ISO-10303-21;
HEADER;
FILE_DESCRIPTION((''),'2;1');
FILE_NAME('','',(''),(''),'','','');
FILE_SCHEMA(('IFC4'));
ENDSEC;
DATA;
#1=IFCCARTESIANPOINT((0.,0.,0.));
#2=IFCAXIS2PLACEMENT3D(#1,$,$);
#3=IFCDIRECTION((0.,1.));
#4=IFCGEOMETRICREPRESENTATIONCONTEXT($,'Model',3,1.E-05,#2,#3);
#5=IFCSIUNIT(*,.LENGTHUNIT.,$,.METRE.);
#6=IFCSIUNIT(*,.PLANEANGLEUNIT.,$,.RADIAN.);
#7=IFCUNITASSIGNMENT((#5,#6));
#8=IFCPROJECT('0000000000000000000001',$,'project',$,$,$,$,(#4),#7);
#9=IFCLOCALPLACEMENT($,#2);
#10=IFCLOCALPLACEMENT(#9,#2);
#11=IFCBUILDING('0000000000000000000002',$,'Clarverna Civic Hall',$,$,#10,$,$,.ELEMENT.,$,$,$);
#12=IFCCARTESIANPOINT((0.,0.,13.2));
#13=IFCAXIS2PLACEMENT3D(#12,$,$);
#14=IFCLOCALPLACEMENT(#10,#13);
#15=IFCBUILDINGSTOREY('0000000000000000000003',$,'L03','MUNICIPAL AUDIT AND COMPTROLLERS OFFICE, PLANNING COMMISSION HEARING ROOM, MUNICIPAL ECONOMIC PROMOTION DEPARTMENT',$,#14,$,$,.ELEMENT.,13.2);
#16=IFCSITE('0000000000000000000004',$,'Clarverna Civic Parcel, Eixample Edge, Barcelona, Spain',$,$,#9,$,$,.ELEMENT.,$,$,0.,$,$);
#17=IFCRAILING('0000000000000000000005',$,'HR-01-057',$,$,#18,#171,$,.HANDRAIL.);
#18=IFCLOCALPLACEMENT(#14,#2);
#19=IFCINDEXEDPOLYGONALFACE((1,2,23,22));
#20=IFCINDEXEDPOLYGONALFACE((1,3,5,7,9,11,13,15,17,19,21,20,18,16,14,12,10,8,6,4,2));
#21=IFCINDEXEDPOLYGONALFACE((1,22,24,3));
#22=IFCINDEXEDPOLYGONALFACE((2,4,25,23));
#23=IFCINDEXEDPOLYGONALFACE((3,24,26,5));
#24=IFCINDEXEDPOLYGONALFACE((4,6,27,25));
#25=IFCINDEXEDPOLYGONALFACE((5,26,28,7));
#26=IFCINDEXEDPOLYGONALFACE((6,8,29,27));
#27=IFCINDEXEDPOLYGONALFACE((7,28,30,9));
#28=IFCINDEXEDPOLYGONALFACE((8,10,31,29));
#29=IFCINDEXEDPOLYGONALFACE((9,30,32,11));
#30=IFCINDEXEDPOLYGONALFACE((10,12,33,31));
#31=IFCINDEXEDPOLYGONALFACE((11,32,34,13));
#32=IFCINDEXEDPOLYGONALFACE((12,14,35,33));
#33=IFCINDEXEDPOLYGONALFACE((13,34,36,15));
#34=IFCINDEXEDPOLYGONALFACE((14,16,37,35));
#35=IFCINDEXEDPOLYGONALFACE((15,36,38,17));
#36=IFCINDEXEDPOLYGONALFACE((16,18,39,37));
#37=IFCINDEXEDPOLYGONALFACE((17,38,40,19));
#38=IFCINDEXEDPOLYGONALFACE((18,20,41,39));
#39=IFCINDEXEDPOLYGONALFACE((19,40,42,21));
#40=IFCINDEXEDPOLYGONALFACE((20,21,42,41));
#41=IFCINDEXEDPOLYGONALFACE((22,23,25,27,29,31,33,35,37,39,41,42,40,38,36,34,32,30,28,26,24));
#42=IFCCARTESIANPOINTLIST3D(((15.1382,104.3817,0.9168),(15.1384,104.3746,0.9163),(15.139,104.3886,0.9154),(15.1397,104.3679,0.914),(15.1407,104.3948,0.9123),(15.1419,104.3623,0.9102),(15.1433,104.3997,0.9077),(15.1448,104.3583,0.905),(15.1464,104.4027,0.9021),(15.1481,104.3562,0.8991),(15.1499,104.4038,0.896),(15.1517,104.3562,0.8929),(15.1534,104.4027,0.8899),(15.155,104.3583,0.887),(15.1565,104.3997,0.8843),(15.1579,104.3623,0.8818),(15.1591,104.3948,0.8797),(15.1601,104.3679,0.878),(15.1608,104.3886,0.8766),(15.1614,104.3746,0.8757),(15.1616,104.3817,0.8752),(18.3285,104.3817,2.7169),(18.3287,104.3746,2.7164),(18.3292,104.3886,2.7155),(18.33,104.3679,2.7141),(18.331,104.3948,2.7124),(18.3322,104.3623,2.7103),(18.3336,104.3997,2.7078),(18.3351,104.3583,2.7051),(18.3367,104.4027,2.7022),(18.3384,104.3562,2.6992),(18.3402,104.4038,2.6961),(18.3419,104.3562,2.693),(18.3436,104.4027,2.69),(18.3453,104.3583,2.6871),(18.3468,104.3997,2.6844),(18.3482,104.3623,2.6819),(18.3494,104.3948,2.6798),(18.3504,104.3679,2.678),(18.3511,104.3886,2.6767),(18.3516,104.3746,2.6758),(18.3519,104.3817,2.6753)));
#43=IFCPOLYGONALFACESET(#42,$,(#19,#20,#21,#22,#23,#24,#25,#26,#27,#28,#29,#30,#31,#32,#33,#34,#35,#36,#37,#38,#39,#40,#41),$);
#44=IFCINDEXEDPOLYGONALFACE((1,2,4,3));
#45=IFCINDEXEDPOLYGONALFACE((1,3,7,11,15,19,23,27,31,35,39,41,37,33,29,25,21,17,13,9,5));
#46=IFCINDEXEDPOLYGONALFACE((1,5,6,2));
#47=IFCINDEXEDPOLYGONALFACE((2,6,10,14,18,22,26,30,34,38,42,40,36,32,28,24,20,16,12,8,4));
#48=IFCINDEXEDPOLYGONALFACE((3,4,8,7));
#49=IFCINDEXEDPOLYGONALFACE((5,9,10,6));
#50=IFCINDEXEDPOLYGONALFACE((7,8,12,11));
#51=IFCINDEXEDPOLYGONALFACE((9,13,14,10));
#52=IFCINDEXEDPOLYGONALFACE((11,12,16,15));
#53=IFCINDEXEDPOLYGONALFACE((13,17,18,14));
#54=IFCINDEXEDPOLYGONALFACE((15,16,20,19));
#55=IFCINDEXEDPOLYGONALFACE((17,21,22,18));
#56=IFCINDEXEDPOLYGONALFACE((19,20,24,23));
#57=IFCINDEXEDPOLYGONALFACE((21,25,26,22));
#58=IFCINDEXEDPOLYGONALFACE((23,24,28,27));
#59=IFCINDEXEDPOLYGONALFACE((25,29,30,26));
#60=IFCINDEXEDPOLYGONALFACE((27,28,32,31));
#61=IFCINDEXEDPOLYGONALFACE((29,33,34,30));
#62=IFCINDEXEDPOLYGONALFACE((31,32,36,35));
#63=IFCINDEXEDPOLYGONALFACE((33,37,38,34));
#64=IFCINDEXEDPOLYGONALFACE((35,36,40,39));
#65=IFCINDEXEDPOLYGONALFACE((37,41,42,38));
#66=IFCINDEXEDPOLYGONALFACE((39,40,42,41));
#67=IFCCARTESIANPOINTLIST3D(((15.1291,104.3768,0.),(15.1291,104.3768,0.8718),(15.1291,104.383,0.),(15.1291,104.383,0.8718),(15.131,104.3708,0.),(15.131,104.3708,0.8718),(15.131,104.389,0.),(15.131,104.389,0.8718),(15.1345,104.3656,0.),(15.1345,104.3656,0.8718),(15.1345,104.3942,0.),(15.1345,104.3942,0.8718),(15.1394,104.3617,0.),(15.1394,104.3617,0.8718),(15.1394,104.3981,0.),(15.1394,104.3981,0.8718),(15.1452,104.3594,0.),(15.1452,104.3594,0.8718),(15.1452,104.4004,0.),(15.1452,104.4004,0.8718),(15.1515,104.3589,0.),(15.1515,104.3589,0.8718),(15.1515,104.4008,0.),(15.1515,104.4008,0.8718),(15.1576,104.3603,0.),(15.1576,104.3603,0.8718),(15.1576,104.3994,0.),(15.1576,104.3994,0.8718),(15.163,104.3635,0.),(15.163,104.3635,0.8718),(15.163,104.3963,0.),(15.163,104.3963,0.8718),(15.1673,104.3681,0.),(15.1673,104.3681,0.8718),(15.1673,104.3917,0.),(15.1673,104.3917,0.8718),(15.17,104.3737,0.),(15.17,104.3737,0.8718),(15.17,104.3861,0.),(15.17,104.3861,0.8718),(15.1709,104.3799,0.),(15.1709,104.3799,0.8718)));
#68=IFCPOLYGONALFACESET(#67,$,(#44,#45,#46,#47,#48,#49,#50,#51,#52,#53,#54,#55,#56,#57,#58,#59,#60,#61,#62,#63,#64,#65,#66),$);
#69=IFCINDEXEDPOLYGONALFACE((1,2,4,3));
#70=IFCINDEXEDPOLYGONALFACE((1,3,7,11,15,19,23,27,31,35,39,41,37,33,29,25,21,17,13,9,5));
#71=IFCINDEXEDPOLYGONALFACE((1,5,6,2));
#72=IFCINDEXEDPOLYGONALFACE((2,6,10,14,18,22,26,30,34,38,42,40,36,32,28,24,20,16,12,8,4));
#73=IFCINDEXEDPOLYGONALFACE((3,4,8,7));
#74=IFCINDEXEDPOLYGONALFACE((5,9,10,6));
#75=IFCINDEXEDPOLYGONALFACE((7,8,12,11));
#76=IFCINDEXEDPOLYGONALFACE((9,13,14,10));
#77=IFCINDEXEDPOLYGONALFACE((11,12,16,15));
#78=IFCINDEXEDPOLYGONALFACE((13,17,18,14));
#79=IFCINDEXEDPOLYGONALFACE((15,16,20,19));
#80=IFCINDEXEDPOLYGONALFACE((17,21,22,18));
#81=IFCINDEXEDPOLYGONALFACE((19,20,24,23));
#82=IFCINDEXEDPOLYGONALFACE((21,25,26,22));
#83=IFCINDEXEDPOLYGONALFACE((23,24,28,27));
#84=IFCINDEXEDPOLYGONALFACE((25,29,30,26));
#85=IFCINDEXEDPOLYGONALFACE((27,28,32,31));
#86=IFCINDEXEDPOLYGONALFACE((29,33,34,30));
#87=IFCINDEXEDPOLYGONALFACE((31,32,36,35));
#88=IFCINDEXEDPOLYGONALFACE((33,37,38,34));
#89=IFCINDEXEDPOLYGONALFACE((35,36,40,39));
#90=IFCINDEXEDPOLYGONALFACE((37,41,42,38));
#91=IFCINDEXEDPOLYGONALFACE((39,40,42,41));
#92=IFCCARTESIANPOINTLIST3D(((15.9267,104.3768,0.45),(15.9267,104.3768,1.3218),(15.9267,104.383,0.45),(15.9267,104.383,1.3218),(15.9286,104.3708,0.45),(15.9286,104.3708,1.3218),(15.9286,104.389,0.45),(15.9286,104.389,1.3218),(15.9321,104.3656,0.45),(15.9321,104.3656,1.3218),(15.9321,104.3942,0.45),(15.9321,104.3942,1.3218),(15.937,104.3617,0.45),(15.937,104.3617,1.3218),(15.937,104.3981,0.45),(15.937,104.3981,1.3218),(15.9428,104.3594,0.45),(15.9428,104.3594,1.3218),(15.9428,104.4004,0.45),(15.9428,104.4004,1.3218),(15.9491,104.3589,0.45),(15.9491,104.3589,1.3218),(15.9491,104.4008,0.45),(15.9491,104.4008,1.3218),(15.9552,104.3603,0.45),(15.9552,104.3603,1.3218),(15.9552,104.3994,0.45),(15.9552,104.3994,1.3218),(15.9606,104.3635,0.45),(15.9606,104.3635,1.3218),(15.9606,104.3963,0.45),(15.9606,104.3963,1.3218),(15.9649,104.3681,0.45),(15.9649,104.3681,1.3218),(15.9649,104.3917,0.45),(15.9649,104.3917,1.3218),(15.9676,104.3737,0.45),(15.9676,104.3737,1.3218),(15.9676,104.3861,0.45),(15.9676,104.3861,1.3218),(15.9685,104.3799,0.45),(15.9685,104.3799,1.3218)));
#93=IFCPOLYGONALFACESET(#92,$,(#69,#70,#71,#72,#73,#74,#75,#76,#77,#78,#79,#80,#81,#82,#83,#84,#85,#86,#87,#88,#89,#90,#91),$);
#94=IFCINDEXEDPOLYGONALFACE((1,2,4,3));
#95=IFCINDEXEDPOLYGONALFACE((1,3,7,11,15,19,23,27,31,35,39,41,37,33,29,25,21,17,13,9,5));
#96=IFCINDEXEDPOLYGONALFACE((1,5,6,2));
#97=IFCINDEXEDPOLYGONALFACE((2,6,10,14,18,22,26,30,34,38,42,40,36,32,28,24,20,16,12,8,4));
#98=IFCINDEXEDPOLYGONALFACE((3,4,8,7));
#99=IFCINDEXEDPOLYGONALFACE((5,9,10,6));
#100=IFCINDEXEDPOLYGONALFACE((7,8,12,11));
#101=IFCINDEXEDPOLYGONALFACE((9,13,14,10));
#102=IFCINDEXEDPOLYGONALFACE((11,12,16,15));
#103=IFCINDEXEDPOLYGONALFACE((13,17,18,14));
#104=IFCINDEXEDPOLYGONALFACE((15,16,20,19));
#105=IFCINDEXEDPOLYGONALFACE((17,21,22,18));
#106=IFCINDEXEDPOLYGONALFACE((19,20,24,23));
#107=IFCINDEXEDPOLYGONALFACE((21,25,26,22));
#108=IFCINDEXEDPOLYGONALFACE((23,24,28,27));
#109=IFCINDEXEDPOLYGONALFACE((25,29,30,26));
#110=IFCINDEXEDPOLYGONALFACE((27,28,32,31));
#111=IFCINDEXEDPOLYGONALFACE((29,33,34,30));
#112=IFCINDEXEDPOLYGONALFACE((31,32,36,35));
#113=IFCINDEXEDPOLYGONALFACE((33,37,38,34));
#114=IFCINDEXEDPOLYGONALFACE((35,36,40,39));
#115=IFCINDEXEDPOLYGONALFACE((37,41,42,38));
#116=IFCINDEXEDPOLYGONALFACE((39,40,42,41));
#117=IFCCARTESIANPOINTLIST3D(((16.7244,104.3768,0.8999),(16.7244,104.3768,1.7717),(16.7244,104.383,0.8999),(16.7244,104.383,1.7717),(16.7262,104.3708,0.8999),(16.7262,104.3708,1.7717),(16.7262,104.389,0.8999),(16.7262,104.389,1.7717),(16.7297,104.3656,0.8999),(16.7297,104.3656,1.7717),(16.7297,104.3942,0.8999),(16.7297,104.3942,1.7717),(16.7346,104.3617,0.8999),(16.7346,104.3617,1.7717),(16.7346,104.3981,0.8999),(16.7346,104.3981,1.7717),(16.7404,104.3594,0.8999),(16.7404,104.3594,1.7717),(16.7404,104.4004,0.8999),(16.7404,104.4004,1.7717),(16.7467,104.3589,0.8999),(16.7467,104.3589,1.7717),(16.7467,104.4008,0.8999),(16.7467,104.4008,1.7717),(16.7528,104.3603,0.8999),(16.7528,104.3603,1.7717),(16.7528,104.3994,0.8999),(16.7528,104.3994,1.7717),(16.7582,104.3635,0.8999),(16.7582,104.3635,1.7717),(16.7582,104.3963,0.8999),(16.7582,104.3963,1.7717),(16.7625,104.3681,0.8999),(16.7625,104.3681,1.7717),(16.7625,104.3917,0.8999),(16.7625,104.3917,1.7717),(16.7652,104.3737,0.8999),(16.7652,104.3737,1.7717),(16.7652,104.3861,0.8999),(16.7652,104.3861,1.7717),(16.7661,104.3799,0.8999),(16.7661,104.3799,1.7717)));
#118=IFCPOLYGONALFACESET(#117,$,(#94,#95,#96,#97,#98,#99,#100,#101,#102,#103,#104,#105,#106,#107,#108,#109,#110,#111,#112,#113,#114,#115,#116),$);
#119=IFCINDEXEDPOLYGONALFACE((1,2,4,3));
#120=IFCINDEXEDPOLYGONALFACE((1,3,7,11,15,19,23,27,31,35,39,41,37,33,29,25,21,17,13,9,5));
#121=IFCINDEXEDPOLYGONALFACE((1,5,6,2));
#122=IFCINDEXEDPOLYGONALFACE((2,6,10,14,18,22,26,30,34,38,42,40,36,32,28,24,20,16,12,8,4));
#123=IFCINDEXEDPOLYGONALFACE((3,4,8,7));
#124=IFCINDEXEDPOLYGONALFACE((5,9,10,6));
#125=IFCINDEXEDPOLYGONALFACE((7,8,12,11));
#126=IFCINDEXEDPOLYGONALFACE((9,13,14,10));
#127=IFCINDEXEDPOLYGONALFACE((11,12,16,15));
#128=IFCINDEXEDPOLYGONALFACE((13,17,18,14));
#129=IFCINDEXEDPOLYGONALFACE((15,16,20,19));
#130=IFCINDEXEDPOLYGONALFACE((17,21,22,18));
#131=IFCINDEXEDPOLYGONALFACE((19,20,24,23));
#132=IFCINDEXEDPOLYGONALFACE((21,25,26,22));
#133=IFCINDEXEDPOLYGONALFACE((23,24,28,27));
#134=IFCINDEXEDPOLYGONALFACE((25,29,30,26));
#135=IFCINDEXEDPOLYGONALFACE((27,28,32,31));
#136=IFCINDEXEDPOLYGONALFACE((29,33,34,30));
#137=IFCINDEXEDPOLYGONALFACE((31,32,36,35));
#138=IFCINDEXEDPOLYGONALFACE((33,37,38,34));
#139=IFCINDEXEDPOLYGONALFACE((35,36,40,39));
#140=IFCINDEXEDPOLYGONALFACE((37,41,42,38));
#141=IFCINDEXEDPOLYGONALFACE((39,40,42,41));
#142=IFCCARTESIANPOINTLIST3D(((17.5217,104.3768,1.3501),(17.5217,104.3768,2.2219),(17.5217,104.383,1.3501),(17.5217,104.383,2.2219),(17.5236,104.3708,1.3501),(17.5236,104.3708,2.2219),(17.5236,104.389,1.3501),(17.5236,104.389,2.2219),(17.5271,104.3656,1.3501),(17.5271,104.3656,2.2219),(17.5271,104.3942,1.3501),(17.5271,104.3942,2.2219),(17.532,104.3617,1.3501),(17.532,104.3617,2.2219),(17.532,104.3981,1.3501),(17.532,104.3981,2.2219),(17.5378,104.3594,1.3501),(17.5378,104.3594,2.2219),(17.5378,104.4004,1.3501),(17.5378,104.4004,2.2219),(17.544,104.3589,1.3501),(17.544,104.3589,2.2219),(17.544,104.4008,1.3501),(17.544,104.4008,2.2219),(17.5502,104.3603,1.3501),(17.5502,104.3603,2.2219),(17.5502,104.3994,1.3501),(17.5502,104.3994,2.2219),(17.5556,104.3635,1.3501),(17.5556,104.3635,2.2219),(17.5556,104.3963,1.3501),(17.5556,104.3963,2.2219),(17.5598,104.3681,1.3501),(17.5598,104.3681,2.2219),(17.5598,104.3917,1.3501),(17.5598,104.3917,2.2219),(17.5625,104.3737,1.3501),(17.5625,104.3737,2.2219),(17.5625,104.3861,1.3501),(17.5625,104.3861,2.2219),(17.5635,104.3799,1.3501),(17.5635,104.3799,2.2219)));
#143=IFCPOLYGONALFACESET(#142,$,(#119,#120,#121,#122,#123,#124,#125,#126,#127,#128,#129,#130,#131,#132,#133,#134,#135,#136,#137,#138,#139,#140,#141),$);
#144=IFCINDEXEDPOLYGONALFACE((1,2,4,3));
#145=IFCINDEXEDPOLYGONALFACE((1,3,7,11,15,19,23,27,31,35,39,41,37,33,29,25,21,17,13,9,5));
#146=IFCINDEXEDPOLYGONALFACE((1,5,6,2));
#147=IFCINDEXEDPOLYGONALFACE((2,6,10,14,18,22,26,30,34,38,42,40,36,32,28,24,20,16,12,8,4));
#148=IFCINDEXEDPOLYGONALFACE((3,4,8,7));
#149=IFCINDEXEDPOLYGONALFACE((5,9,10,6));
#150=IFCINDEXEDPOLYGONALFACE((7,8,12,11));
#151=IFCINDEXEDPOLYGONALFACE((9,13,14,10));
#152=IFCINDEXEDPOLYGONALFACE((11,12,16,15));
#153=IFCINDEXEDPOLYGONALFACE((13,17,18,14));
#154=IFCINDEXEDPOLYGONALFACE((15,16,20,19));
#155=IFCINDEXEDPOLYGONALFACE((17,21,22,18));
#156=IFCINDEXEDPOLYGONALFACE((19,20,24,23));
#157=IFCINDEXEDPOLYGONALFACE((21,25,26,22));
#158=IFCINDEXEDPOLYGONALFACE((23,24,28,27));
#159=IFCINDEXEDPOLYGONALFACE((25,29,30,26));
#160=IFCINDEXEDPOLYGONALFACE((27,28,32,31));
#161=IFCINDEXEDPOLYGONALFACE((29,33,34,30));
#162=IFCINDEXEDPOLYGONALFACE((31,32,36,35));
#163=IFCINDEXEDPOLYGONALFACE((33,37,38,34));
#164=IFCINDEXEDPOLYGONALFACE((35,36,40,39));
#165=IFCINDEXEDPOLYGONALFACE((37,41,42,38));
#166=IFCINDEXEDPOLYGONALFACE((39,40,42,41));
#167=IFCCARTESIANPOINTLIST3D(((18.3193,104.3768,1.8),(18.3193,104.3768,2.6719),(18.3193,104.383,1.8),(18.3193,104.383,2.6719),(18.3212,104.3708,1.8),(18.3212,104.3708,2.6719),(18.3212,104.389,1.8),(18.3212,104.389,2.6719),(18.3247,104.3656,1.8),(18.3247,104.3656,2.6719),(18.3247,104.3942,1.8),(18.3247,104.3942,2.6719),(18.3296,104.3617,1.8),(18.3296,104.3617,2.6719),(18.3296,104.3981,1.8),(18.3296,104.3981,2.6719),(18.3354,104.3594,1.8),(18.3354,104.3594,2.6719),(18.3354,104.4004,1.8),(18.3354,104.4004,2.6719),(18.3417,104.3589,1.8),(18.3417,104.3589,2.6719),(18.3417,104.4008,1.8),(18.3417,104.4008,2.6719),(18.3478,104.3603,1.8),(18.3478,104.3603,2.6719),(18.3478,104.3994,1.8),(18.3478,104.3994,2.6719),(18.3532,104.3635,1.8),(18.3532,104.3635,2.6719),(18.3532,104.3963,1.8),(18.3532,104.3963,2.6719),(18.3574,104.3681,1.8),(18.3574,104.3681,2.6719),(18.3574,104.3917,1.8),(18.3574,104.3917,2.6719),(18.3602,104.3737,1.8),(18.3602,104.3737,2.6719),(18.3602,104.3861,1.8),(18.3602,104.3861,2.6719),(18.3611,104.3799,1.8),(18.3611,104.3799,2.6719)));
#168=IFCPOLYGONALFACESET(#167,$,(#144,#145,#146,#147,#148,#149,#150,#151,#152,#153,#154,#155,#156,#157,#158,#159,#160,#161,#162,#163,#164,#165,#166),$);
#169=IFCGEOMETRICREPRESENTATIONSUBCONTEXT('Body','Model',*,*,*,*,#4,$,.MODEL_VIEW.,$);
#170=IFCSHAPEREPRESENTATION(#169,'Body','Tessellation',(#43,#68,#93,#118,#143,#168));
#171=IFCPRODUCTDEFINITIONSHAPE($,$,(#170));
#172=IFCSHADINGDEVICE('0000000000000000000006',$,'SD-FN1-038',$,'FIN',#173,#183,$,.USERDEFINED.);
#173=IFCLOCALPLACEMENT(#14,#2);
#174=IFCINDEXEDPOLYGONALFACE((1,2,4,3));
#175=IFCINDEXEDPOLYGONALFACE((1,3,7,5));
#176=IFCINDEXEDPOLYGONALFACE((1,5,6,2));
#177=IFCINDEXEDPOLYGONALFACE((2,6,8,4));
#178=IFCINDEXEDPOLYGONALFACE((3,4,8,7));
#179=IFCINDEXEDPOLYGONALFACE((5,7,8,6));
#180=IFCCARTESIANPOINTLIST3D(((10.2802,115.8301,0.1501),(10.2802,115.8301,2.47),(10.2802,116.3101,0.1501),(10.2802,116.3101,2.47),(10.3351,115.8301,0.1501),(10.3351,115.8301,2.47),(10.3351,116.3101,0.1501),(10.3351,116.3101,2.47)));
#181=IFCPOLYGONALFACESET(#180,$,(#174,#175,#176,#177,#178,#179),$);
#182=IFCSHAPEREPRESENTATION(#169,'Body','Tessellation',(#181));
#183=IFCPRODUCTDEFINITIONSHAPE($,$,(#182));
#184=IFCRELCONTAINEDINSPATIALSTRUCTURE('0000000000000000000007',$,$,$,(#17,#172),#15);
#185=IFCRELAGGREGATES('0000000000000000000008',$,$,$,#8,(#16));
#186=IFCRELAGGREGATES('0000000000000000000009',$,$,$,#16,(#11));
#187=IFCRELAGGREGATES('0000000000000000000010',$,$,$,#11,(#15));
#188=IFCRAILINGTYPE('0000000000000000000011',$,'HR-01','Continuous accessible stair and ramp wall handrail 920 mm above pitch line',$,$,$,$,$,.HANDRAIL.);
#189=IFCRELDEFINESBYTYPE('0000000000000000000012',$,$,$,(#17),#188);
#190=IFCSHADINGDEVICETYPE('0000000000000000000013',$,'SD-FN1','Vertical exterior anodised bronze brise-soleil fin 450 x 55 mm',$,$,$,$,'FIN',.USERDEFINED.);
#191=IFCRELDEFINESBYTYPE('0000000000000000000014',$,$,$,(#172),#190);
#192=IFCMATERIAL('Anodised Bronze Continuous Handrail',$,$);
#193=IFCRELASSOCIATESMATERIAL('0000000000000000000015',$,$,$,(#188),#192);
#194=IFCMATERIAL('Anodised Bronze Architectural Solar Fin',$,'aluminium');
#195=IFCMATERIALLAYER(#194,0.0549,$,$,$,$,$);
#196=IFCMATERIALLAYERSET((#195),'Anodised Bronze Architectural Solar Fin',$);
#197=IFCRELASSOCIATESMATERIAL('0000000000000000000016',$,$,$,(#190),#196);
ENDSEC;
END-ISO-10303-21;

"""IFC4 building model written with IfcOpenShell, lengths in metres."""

from ifc_helpers import new_model, si_unit, direction, frame, frame_2d, origin, origin_2d, place, context, subcontext, project, spatial, rectangle, circle, extrude, material, layer, layer_set, type_object, element, save


model = new_model("IFC4")

# Units and contexts
model_context = context("Model", 3, precision=1e-05, world=origin(), true_north=direction((0.0, 1.0)))
body_context = subcontext(model_context, "Body", "Model", "MODEL_VIEW")
ifc_project = project(units=[si_unit("LENGTHUNIT", "METRE"), si_unit("PLANEANGLEUNIT", "RADIAN")], contexts=[model_context])

# Site, building, storey
site_placement = place(None, origin())
site = spatial("IfcSite", under=ifc_project, at=site_placement, Name="Clarverna Civic Parcel, Eixample Edge, Barcelona, Spain", CompositionType="ELEMENT", RefElevation=0.0)
building_placement = place(site_placement, origin())
building = spatial("IfcBuilding", under=site, at=building_placement, Name="Clarverna Civic Hall", CompositionType="ELEMENT")
storey_placement = place(building_placement, frame((0.0, 0.0, 13.2)))
storey = spatial("IfcBuildingStorey", under=building, at=storey_placement, Name="L03", Description="MUNICIPAL AUDIT AND COMPTROLLERS OFFICE, PLANNING COMMISSION HEARING ROOM, MUNICIPAL ECONOMIC PROMOTION DEPARTMENT", CompositionType="ELEMENT", Elevation=13.2)

# Railing
ifc_material_1 = material(Name="Anodised Bronze Continuous Handrail")
railing_type_1 = type_object("IfcRailingType", Name="HR-01", Description="Continuous accessible stair and ramp wall handrail 920 mm above pitch line", PredefinedType="HANDRAIL", material=ifc_material_1)
railing_1_placement = place(storey_placement, frame((15.1499, 104.3799, 0.0)))
element("IfcRailing", 1, at=railing_1_placement, inside=storey, type_object=railing_type_1, Name="HR-01-057", PredefinedType="HANDRAIL", context=body_context, shape_type="SweptSolid", body=[
    extrude(circle(Radius=0.0239, at=origin_2d()), frame((0.0, 0.0, 0.896), z_axis=(0.870925, 0.0, 0.491416), x_axis=(0.0, 1.0, 0.0)), (0.0, 0.0, 1.0), 3.6631),
    extrude(circle(Radius=0.021, at=origin_2d()), origin(), (0.0, 0.0, 1.0), 0.8718),
    extrude(circle(Radius=0.021, at=origin_2d()), frame((0.7976, 0.0, 0.45)), (0.0, 0.0, 1.0), 0.8718),
    extrude(circle(Radius=0.021, at=origin_2d()), frame((1.5952, 0.0, 0.8999)), (0.0, 0.0, 1.0), 0.8718),
    extrude(circle(Radius=0.021, at=origin_2d()), frame((2.3926, 0.0, 1.3501)), (0.0, 0.0, 1.0), 0.8718),
    extrude(circle(Radius=0.021, at=origin_2d()), frame((3.1902, 0.0, 1.8)), (0.0, 0.0, 1.0), 0.8718),
])

# Shading device
ifc_material_2 = material(Name="Anodised Bronze Architectural Solar Fin", Category="aluminium")
ifc_layer_1 = layer(ifc_material_2, 0.0549)
ifc_layer_set_1 = layer_set([ifc_layer_1], Name="Anodised Bronze Architectural Solar Fin")
shading_device_type = type_object("IfcShadingDeviceType", Name="SD-FN1", Description="Vertical exterior anodised bronze brise-soleil fin 450 x 55 mm", ElementType="FIN", PredefinedType="USERDEFINED", material=ifc_layer_set_1)
shading_device_placement = place(storey_placement, frame((10.3076, 115.8301, 0.1501), z_axis=(0.0, 0.0, 1.0), x_axis=(0.0, 1.0, 0.0)))
element("IfcShadingDevice", 2, at=shading_device_placement, inside=storey, type_object=shading_device_type, Name="SD-FN1-038", ObjectType="FIN", PredefinedType="USERDEFINED", context=body_context, shape_type="SweptSolid", body=[
    extrude(rectangle(XDim=0.48, YDim=0.0549, at=frame_2d((0.24, 0.0))), origin(), (0.0, 0.0, 1.0), 2.3198),
])

save(model, "model.ifc")
